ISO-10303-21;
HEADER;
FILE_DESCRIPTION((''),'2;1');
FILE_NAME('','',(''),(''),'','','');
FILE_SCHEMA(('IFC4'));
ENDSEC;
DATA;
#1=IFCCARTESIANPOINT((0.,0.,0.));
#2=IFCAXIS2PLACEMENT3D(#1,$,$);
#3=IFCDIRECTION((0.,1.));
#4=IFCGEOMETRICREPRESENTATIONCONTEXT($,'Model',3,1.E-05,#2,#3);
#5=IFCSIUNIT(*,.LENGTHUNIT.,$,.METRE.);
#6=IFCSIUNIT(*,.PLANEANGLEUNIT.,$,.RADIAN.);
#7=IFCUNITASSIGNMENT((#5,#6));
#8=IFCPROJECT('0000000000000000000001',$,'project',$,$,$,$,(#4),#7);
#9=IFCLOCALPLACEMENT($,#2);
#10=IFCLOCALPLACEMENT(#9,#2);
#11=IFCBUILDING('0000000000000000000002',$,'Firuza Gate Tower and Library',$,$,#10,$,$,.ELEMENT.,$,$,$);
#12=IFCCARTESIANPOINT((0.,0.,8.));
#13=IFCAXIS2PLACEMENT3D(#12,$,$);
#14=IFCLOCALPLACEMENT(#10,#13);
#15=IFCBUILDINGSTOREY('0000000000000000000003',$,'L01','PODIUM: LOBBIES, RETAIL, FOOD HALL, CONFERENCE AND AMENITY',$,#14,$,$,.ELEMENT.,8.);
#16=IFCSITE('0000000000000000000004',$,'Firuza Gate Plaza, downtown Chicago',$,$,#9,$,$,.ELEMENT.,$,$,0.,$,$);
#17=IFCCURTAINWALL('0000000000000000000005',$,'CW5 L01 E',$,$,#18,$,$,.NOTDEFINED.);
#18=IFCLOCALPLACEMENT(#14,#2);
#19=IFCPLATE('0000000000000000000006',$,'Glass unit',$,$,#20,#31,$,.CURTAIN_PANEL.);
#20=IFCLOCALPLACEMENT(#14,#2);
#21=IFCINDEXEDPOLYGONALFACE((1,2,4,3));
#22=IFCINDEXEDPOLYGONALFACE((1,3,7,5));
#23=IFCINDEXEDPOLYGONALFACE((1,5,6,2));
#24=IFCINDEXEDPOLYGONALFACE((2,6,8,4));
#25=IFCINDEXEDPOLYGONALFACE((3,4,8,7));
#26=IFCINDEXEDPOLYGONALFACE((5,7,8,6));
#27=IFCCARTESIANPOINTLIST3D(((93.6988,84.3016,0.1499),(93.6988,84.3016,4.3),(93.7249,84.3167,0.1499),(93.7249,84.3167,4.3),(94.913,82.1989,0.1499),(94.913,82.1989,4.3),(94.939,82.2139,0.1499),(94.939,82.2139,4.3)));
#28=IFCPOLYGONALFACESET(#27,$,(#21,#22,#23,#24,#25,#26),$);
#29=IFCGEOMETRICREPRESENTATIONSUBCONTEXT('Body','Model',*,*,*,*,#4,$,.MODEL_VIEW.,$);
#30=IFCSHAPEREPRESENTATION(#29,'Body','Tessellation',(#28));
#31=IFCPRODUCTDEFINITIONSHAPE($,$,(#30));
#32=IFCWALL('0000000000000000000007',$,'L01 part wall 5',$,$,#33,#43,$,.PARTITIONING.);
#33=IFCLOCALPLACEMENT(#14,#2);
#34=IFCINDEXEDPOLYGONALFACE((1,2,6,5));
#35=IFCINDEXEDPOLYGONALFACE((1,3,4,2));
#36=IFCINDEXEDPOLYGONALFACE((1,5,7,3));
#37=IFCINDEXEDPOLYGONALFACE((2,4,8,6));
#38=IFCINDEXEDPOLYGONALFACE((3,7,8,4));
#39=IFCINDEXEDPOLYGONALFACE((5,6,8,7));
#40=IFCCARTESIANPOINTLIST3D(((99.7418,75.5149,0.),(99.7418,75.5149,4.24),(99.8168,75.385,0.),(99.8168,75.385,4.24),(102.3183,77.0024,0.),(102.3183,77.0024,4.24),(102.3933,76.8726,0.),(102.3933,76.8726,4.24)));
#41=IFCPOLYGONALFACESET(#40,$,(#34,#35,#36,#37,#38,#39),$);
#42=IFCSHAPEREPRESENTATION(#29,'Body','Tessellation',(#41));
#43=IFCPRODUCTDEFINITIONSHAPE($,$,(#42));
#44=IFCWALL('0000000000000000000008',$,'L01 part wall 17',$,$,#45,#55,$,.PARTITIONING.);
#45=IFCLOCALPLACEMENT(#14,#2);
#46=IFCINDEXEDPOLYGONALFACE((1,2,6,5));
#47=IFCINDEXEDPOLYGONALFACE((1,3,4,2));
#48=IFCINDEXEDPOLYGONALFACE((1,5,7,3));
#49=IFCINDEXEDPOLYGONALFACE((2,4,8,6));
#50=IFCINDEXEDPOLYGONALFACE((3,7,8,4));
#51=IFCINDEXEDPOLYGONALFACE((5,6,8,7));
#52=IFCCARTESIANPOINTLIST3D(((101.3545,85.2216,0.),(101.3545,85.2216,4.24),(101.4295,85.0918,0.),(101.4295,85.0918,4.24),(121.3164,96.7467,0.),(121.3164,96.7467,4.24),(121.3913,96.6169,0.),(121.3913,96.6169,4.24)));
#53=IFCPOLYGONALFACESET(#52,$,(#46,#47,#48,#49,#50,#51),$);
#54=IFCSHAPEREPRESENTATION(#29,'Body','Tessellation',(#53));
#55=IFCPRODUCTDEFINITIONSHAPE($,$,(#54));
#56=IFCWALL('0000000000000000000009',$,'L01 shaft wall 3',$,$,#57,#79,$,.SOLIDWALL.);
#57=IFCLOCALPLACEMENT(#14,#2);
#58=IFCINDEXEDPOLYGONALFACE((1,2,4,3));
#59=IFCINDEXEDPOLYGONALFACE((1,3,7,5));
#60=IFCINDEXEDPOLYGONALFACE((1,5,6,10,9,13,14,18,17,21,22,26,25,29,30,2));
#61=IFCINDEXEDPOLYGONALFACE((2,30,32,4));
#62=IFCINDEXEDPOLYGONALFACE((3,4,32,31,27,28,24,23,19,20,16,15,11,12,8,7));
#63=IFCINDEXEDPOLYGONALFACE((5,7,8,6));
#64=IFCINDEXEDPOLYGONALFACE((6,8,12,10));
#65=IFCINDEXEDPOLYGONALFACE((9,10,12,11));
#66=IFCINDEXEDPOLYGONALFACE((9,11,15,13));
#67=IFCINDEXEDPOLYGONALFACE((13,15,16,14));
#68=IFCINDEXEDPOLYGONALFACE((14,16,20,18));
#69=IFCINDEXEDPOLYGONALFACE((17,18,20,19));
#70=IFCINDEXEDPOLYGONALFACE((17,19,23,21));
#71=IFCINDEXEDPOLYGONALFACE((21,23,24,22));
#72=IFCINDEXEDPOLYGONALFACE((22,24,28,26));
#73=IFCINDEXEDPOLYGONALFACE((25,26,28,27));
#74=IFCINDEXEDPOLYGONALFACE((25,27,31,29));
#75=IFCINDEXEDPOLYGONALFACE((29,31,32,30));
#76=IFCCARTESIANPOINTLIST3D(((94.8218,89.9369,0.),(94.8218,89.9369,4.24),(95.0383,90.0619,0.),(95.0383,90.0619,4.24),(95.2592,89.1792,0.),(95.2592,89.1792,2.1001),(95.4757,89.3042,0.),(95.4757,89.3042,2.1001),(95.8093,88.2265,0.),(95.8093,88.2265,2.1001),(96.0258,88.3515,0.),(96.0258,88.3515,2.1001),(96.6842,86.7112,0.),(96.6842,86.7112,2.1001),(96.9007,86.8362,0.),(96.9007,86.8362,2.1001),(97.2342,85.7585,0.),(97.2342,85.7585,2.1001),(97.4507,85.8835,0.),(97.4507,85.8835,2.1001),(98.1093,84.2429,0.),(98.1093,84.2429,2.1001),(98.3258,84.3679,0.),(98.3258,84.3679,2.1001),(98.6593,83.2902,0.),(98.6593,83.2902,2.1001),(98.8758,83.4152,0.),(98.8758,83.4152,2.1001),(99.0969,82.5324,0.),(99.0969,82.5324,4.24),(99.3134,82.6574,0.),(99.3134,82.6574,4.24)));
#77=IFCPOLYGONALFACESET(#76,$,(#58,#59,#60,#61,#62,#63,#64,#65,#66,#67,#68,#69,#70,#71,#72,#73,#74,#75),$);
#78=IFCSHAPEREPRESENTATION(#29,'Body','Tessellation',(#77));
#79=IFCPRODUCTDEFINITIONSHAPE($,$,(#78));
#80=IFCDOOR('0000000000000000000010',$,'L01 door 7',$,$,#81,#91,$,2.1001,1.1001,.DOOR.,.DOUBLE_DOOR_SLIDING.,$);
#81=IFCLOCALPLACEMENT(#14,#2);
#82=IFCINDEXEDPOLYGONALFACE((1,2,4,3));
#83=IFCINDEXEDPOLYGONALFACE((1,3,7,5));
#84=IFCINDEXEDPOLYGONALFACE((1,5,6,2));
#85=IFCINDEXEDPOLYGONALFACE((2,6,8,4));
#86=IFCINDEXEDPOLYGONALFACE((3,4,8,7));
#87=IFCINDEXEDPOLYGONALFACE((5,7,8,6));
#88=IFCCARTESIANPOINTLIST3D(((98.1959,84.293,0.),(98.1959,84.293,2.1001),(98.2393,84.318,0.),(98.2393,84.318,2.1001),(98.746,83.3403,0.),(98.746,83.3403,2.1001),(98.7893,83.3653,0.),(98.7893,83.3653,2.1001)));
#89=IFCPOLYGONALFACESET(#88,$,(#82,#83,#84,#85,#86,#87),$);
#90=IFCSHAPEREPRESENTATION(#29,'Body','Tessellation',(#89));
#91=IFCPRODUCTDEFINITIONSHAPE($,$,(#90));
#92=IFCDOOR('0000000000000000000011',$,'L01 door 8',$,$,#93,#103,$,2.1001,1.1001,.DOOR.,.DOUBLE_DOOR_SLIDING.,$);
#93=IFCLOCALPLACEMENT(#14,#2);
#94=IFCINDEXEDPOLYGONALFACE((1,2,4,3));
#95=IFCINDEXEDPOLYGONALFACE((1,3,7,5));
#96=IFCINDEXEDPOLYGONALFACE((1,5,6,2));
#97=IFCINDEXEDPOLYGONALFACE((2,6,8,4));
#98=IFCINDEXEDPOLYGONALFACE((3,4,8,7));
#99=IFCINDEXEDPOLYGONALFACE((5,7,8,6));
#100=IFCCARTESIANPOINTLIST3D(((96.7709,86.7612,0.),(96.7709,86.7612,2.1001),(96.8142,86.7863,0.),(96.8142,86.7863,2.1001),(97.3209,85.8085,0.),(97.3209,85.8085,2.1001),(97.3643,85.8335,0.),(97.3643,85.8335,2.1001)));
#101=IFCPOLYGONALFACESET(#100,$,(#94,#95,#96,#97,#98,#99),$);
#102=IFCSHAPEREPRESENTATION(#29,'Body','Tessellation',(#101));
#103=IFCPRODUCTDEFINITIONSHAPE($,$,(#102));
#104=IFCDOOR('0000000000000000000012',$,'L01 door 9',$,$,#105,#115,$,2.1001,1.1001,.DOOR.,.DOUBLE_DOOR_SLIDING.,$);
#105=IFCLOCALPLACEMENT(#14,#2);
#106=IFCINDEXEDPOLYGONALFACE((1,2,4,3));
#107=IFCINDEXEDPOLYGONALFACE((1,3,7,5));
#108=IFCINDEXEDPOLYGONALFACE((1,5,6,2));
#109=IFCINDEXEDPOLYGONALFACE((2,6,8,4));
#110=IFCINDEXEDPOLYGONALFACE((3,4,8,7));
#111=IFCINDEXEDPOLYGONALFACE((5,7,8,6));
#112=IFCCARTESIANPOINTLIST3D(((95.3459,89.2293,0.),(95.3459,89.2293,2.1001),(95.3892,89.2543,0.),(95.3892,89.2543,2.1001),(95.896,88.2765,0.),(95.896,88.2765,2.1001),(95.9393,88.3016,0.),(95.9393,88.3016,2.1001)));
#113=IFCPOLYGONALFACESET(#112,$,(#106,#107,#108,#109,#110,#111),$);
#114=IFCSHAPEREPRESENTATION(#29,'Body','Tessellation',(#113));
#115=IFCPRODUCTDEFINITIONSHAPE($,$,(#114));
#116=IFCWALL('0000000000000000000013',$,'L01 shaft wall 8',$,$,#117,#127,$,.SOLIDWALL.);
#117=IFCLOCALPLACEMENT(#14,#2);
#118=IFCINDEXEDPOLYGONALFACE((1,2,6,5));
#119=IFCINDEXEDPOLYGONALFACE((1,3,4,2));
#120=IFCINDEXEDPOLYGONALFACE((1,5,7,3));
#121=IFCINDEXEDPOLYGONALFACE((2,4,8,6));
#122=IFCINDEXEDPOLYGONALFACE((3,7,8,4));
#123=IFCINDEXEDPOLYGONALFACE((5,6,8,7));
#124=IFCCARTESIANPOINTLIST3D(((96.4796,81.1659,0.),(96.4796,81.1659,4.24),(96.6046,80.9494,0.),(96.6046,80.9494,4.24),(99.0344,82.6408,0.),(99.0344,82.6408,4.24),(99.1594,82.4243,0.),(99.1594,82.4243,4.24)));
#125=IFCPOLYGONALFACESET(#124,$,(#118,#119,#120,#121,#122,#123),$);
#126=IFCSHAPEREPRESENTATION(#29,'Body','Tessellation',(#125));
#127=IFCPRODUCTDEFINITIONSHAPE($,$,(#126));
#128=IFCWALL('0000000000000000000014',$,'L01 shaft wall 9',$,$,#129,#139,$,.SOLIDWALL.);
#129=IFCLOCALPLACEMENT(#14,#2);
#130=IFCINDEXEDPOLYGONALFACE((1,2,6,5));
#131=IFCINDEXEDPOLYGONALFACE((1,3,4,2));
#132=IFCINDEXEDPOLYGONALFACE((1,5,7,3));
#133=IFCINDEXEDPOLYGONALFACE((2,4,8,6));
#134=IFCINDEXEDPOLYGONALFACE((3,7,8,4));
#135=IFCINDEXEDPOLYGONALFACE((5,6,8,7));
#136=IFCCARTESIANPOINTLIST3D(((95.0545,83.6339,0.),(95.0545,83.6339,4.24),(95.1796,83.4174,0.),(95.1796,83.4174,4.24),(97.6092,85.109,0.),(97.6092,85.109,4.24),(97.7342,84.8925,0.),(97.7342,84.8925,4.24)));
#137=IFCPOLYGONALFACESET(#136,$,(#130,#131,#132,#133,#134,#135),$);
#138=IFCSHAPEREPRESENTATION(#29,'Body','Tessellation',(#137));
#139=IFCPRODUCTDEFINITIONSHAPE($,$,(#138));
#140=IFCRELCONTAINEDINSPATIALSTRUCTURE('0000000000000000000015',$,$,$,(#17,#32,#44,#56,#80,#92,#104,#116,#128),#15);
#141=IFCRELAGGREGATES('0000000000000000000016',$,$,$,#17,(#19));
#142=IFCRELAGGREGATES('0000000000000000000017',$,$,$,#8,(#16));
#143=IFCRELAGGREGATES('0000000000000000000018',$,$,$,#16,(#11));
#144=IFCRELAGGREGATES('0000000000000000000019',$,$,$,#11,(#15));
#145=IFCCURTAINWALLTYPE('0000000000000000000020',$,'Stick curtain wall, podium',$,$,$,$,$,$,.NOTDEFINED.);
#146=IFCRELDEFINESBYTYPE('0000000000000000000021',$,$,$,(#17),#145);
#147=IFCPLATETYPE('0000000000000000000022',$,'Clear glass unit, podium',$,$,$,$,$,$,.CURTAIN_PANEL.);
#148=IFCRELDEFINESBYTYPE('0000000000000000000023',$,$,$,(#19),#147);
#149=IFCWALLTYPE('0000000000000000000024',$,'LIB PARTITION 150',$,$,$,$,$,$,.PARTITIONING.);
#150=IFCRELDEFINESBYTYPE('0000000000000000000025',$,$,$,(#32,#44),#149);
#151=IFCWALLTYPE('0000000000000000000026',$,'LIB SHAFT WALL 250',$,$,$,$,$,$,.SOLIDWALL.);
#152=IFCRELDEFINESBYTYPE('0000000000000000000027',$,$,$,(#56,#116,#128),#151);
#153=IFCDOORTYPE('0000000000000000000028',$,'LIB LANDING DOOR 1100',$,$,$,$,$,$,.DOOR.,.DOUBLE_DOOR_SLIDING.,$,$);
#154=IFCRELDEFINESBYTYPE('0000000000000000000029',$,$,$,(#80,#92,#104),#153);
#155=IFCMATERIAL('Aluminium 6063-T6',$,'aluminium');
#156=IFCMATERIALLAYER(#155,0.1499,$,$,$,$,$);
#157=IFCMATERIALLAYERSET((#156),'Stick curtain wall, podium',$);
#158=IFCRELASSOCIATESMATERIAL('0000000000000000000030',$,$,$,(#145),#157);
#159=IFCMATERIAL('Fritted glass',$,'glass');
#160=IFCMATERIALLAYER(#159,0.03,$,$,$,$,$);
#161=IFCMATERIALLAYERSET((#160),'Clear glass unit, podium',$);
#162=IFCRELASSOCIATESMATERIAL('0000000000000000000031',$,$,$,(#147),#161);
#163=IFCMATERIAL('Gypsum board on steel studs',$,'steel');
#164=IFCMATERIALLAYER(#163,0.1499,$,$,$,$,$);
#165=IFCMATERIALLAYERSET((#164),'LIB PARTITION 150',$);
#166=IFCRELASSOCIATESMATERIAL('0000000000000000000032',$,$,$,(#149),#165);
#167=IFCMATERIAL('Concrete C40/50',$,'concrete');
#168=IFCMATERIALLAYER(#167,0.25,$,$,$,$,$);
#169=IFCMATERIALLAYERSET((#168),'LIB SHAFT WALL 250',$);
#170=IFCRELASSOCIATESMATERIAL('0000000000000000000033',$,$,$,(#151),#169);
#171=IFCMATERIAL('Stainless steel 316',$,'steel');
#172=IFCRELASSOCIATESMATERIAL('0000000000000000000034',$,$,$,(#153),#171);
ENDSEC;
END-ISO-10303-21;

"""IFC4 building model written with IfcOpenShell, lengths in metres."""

from ifc_helpers import new_model, si_unit, direction, frame, frame_2d, origin, place, context, subcontext, project, spatial, polyline, rectangle, outline, extrude, material, layer, layer_set, type_object, element, fill, aggregate, save


model = new_model("IFC4")

# Units and contexts
model_context = context("Model", 3, precision=1e-05, world=origin(), true_north=direction((0.0, 1.0)))
body_context = subcontext(model_context, "Body", "Model", "MODEL_VIEW")
ifc_project = project(units=[si_unit("LENGTHUNIT", "METRE"), si_unit("PLANEANGLEUNIT", "RADIAN")], contexts=[model_context])

# Site, building, storey
site_placement = place(None, origin())
site = spatial("IfcSite", under=ifc_project, at=site_placement, Name="Firuza Gate Plaza, downtown Chicago", CompositionType="ELEMENT", RefElevation=0.0)
building_placement = place(site_placement, origin())
building = spatial("IfcBuilding", under=site, at=building_placement, Name="Firuza Gate Tower and Library", CompositionType="ELEMENT")
storey_placement = place(building_placement, frame((0.0, 0.0, 8.0)))
storey = spatial("IfcBuildingStorey", under=building, at=storey_placement, Name="L01", Description="PODIUM: LOBBIES, RETAIL, FOOD HALL, CONFERENCE AND AMENITY", CompositionType="ELEMENT", Elevation=8.0)

# Curtain wall
ifc_material_1 = material(Name="Aluminium 6063-T6", Category="aluminium")
ifc_layer_1 = layer(ifc_material_1, 0.1499)
ifc_layer_set_1 = layer_set([ifc_layer_1], Name="Stick curtain wall, podium")
curtain_wall_type = type_object("IfcCurtainWallType", Name="Stick curtain wall, podium", PredefinedType="NOTDEFINED", material=ifc_layer_set_1)
curtain_wall_placement = place(storey_placement, origin())
curtain_wall = element("IfcCurtainWall", 1, at=curtain_wall_placement, inside=storey, type_object=curtain_wall_type, Name="CW5 L01 E", PredefinedType="NOTDEFINED")

# Plate
ifc_material_2 = material(Name="Fritted glass", Category="glass")
ifc_layer_2 = layer(ifc_material_2, 0.03)
ifc_layer_set_2 = layer_set([ifc_layer_2], Name="Clear glass unit, podium")
plate_type = type_object("IfcPlateType", Name="Clear glass unit, podium", PredefinedType="CURTAIN_PANEL", material=ifc_layer_set_2)
plate_1_placement = place(storey_placement, frame((94.939, 82.2139, 0.1499), z_axis=(0.866013, 0.500021, 0.0), x_axis=(-0.500021, 0.866013, 0.0)))
plate_1 = element("IfcPlate", 2, at=plate_1_placement, type_object=plate_type, Name="Glass unit", PredefinedType="CURTAIN_PANEL", context=body_context, shape_type="SweptSolid", body=[
    extrude(outline(polyline([(0.0, 0.0), (2.4281, 0.0), (2.4281, 4.1501), (0.0, 4.1501), (0.0, 0.0)])), origin(), (0.0, 0.0, -1.0), 0.03),
])
aggregate(curtain_wall, [plate_1])

# Walls
ifc_material_3 = material(Name="Gypsum board on steel studs", Category="steel")
ifc_layer_3 = layer(ifc_material_3, 0.1499)
ifc_layer_set_3 = layer_set([ifc_layer_3], Name="LIB PARTITION 150")
wall_type_1 = type_object("IfcWallType", Name="LIB PARTITION 150", PredefinedType="PARTITIONING", material=ifc_layer_set_3)
wall_1_placement = place(storey_placement, frame((99.7793, 75.45, 0.0), z_axis=(0.0, 0.0, 1.0), x_axis=(0.866017, 0.500014, 0.0)))
element("IfcWall", 3, at=wall_1_placement, inside=storey, type_object=wall_type_1, Name="L01 part wall 5", PredefinedType="PARTITIONING", context=body_context, shape_type="SweptSolid", body=[
    extrude(rectangle(XDim=2.9751, YDim=0.1499, at=frame_2d((1.4875, 0.0))), origin(), (0.0, 0.0, 1.0), 4.24),
])
wall_2_placement = place(storey_placement, frame((101.3921, 85.1567, 0.0), z_axis=(0.0, 0.0, 1.0), x_axis=(0.866023, 0.500004, 0.0)))
element("IfcWall", 4, at=wall_2_placement, inside=storey, type_object=wall_type_1, Name="L01 part wall 17", PredefinedType="PARTITIONING", context=body_context, shape_type="SweptSolid", body=[
    extrude(rectangle(XDim=23.05, YDim=0.1499, at=frame_2d((11.5249, 0.0))), origin(), (0.0, 0.0, 1.0), 4.24),
])

# Wall, openings, doors
ifc_material_4 = material(Name="Concrete C40/50", Category="concrete")
ifc_layer_4 = layer(ifc_material_4, 0.25)
ifc_layer_set_4 = layer_set([ifc_layer_4], Name="LIB SHAFT WALL 250")
wall_type_2 = type_object("IfcWallType", Name="LIB SHAFT WALL 250", PredefinedType="SOLIDWALL", material=ifc_layer_set_4)
wall_3_placement = place(storey_placement, frame((99.2051, 82.595, 0.0), z_axis=(0.0, 0.0, 1.0), x_axis=(-0.500012, 0.866019, 0.0)))
wall_3 = element("IfcWall", 5, at=wall_3_placement, inside=storey, type_object=wall_type_2, Name="L01 shaft wall 3", PredefinedType="SOLIDWALL", context=body_context, shape_type="SweptSolid", body=[
    extrude(rectangle(XDim=8.55, YDim=0.25, at=frame_2d((4.2749, 0.0))), origin(), (0.0, 0.0, 1.0), 4.24),
])
opening_1_placement = place(wall_3_placement, frame((0.875, 0.0, 0.0)))
opening_1 = element("IfcOpeningElement", 6, at=opening_1_placement, cuts=wall_3, PredefinedType="OPENING", context=body_context, shape_type="SweptSolid", body=[
    extrude(rectangle(XDim=1.1001, YDim=2.1001, at=frame_2d((0.55, 1.05))), frame((0.0, 0.135, 0.0), z_axis=(0.0, -1.0, 0.0), x_axis=(1.0, 0.0, 0.0)), (0.0, 0.0, 1.0), 0.27),
])
opening_2_placement = place(wall_3_placement, frame((3.7251, 0.0, 0.0)))
opening_2 = element("IfcOpeningElement", 7, at=opening_2_placement, cuts=wall_3, PredefinedType="OPENING", context=body_context, shape_type="SweptSolid", body=[
    extrude(rectangle(XDim=1.1001, YDim=2.1001, at=frame_2d((0.55, 1.05))), frame((0.0, 0.135, 0.0), z_axis=(0.0, -1.0, 0.0), x_axis=(1.0, 0.0, 0.0)), (0.0, 0.0, 1.0), 0.27),
])
opening_3_placement = place(wall_3_placement, frame((6.575, 0.0, 0.0)))
opening_3 = element("IfcOpeningElement", 8, at=opening_3_placement, cuts=wall_3, PredefinedType="OPENING", context=body_context, shape_type="SweptSolid", body=[
    extrude(rectangle(XDim=1.1001, YDim=2.1001, at=frame_2d((0.55, 1.05))), frame((0.0, 0.135, 0.0), z_axis=(0.0, -1.0, 0.0), x_axis=(1.0, 0.0, 0.0)), (0.0, 0.0, 1.0), 0.27),
])
ifc_material_5 = material(Name="Stainless steel 316", Category="steel")
door_type = type_object("IfcDoorType", Name="LIB LANDING DOOR 1100", OperationType="DOUBLE_DOOR_SLIDING", PredefinedType="DOOR", material=ifc_material_5)
door_1_placement = place(opening_1_placement, origin())
door_1 = element("IfcDoor", 9, at=door_1_placement, inside=storey, type_object=door_type, Name="L01 door 7", OperationType="DOUBLE_DOOR_SLIDING", OverallHeight=2.1001, OverallWidth=1.1001, PredefinedType="DOOR", context=body_context, shape_type="SweptSolid", body=[
    extrude(rectangle(XDim=1.1001, YDim=2.1001, at=frame_2d((0.55, 1.05))), frame((0.0, 0.0249, 0.0), z_axis=(0.0, -1.0, 0.0), x_axis=(1.0, 0.0, 0.0)), (0.0, 0.0, 1.0), 0.05),
])
fill(opening_1, door_1)
door_2_placement = place(opening_2_placement, origin())
door_2 = element("IfcDoor", 10, at=door_2_placement, inside=storey, type_object=door_type, Name="L01 door 8", OperationType="DOUBLE_DOOR_SLIDING", OverallHeight=2.1001, OverallWidth=1.1001, PredefinedType="DOOR", context=body_context, shape_type="SweptSolid", body=[
    extrude(rectangle(XDim=1.1001, YDim=2.1001, at=frame_2d((0.55, 1.05))), frame((0.0, 0.0249, 0.0), z_axis=(0.0, -1.0, 0.0), x_axis=(1.0, 0.0, 0.0)), (0.0, 0.0, 1.0), 0.05),
])
fill(opening_2, door_2)
door_3_placement = place(opening_3_placement, origin())
door_3 = element("IfcDoor", 11, at=door_3_placement, inside=storey, type_object=door_type, Name="L01 door 9", OperationType="DOUBLE_DOOR_SLIDING", OverallHeight=2.1001, OverallWidth=1.1001, PredefinedType="DOOR", context=body_context, shape_type="SweptSolid", body=[
    extrude(rectangle(XDim=1.1001, YDim=2.1001, at=frame_2d((0.55, 1.05))), frame((0.0, 0.0249, 0.0), z_axis=(0.0, -1.0, 0.0), x_axis=(1.0, 0.0, 0.0)), (0.0, 0.0, 1.0), 0.05),
])
fill(opening_3, door_3)

# Walls
for number, where, z_axis, x_axis, name in (
    (12, (96.542, 81.0576, 0.0), (0.0, 0.0, 1.0), (0.866039, 0.499976, 0.0), "L01 shaft wall 8"),
    (13, (95.1169, 83.5256, 0.0), (0.0, 0.0, 1.0), (0.866004, 0.500038, 0.0), "L01 shaft wall 9"),
):
    element("IfcWall", number, at=place(storey_placement, frame(where, z_axis=z_axis, x_axis=x_axis)), inside=storey, type_object=wall_type_2, Name=name, PredefinedType="SOLIDWALL", context=body_context, shape_type="SweptSolid", body=[
        extrude(rectangle(XDim=2.95, YDim=0.25, at=frame_2d((1.4751, 0.0))), origin(), (0.0, 0.0, 1.0), 4.24),
    ])

save(model, "model.ifc")
